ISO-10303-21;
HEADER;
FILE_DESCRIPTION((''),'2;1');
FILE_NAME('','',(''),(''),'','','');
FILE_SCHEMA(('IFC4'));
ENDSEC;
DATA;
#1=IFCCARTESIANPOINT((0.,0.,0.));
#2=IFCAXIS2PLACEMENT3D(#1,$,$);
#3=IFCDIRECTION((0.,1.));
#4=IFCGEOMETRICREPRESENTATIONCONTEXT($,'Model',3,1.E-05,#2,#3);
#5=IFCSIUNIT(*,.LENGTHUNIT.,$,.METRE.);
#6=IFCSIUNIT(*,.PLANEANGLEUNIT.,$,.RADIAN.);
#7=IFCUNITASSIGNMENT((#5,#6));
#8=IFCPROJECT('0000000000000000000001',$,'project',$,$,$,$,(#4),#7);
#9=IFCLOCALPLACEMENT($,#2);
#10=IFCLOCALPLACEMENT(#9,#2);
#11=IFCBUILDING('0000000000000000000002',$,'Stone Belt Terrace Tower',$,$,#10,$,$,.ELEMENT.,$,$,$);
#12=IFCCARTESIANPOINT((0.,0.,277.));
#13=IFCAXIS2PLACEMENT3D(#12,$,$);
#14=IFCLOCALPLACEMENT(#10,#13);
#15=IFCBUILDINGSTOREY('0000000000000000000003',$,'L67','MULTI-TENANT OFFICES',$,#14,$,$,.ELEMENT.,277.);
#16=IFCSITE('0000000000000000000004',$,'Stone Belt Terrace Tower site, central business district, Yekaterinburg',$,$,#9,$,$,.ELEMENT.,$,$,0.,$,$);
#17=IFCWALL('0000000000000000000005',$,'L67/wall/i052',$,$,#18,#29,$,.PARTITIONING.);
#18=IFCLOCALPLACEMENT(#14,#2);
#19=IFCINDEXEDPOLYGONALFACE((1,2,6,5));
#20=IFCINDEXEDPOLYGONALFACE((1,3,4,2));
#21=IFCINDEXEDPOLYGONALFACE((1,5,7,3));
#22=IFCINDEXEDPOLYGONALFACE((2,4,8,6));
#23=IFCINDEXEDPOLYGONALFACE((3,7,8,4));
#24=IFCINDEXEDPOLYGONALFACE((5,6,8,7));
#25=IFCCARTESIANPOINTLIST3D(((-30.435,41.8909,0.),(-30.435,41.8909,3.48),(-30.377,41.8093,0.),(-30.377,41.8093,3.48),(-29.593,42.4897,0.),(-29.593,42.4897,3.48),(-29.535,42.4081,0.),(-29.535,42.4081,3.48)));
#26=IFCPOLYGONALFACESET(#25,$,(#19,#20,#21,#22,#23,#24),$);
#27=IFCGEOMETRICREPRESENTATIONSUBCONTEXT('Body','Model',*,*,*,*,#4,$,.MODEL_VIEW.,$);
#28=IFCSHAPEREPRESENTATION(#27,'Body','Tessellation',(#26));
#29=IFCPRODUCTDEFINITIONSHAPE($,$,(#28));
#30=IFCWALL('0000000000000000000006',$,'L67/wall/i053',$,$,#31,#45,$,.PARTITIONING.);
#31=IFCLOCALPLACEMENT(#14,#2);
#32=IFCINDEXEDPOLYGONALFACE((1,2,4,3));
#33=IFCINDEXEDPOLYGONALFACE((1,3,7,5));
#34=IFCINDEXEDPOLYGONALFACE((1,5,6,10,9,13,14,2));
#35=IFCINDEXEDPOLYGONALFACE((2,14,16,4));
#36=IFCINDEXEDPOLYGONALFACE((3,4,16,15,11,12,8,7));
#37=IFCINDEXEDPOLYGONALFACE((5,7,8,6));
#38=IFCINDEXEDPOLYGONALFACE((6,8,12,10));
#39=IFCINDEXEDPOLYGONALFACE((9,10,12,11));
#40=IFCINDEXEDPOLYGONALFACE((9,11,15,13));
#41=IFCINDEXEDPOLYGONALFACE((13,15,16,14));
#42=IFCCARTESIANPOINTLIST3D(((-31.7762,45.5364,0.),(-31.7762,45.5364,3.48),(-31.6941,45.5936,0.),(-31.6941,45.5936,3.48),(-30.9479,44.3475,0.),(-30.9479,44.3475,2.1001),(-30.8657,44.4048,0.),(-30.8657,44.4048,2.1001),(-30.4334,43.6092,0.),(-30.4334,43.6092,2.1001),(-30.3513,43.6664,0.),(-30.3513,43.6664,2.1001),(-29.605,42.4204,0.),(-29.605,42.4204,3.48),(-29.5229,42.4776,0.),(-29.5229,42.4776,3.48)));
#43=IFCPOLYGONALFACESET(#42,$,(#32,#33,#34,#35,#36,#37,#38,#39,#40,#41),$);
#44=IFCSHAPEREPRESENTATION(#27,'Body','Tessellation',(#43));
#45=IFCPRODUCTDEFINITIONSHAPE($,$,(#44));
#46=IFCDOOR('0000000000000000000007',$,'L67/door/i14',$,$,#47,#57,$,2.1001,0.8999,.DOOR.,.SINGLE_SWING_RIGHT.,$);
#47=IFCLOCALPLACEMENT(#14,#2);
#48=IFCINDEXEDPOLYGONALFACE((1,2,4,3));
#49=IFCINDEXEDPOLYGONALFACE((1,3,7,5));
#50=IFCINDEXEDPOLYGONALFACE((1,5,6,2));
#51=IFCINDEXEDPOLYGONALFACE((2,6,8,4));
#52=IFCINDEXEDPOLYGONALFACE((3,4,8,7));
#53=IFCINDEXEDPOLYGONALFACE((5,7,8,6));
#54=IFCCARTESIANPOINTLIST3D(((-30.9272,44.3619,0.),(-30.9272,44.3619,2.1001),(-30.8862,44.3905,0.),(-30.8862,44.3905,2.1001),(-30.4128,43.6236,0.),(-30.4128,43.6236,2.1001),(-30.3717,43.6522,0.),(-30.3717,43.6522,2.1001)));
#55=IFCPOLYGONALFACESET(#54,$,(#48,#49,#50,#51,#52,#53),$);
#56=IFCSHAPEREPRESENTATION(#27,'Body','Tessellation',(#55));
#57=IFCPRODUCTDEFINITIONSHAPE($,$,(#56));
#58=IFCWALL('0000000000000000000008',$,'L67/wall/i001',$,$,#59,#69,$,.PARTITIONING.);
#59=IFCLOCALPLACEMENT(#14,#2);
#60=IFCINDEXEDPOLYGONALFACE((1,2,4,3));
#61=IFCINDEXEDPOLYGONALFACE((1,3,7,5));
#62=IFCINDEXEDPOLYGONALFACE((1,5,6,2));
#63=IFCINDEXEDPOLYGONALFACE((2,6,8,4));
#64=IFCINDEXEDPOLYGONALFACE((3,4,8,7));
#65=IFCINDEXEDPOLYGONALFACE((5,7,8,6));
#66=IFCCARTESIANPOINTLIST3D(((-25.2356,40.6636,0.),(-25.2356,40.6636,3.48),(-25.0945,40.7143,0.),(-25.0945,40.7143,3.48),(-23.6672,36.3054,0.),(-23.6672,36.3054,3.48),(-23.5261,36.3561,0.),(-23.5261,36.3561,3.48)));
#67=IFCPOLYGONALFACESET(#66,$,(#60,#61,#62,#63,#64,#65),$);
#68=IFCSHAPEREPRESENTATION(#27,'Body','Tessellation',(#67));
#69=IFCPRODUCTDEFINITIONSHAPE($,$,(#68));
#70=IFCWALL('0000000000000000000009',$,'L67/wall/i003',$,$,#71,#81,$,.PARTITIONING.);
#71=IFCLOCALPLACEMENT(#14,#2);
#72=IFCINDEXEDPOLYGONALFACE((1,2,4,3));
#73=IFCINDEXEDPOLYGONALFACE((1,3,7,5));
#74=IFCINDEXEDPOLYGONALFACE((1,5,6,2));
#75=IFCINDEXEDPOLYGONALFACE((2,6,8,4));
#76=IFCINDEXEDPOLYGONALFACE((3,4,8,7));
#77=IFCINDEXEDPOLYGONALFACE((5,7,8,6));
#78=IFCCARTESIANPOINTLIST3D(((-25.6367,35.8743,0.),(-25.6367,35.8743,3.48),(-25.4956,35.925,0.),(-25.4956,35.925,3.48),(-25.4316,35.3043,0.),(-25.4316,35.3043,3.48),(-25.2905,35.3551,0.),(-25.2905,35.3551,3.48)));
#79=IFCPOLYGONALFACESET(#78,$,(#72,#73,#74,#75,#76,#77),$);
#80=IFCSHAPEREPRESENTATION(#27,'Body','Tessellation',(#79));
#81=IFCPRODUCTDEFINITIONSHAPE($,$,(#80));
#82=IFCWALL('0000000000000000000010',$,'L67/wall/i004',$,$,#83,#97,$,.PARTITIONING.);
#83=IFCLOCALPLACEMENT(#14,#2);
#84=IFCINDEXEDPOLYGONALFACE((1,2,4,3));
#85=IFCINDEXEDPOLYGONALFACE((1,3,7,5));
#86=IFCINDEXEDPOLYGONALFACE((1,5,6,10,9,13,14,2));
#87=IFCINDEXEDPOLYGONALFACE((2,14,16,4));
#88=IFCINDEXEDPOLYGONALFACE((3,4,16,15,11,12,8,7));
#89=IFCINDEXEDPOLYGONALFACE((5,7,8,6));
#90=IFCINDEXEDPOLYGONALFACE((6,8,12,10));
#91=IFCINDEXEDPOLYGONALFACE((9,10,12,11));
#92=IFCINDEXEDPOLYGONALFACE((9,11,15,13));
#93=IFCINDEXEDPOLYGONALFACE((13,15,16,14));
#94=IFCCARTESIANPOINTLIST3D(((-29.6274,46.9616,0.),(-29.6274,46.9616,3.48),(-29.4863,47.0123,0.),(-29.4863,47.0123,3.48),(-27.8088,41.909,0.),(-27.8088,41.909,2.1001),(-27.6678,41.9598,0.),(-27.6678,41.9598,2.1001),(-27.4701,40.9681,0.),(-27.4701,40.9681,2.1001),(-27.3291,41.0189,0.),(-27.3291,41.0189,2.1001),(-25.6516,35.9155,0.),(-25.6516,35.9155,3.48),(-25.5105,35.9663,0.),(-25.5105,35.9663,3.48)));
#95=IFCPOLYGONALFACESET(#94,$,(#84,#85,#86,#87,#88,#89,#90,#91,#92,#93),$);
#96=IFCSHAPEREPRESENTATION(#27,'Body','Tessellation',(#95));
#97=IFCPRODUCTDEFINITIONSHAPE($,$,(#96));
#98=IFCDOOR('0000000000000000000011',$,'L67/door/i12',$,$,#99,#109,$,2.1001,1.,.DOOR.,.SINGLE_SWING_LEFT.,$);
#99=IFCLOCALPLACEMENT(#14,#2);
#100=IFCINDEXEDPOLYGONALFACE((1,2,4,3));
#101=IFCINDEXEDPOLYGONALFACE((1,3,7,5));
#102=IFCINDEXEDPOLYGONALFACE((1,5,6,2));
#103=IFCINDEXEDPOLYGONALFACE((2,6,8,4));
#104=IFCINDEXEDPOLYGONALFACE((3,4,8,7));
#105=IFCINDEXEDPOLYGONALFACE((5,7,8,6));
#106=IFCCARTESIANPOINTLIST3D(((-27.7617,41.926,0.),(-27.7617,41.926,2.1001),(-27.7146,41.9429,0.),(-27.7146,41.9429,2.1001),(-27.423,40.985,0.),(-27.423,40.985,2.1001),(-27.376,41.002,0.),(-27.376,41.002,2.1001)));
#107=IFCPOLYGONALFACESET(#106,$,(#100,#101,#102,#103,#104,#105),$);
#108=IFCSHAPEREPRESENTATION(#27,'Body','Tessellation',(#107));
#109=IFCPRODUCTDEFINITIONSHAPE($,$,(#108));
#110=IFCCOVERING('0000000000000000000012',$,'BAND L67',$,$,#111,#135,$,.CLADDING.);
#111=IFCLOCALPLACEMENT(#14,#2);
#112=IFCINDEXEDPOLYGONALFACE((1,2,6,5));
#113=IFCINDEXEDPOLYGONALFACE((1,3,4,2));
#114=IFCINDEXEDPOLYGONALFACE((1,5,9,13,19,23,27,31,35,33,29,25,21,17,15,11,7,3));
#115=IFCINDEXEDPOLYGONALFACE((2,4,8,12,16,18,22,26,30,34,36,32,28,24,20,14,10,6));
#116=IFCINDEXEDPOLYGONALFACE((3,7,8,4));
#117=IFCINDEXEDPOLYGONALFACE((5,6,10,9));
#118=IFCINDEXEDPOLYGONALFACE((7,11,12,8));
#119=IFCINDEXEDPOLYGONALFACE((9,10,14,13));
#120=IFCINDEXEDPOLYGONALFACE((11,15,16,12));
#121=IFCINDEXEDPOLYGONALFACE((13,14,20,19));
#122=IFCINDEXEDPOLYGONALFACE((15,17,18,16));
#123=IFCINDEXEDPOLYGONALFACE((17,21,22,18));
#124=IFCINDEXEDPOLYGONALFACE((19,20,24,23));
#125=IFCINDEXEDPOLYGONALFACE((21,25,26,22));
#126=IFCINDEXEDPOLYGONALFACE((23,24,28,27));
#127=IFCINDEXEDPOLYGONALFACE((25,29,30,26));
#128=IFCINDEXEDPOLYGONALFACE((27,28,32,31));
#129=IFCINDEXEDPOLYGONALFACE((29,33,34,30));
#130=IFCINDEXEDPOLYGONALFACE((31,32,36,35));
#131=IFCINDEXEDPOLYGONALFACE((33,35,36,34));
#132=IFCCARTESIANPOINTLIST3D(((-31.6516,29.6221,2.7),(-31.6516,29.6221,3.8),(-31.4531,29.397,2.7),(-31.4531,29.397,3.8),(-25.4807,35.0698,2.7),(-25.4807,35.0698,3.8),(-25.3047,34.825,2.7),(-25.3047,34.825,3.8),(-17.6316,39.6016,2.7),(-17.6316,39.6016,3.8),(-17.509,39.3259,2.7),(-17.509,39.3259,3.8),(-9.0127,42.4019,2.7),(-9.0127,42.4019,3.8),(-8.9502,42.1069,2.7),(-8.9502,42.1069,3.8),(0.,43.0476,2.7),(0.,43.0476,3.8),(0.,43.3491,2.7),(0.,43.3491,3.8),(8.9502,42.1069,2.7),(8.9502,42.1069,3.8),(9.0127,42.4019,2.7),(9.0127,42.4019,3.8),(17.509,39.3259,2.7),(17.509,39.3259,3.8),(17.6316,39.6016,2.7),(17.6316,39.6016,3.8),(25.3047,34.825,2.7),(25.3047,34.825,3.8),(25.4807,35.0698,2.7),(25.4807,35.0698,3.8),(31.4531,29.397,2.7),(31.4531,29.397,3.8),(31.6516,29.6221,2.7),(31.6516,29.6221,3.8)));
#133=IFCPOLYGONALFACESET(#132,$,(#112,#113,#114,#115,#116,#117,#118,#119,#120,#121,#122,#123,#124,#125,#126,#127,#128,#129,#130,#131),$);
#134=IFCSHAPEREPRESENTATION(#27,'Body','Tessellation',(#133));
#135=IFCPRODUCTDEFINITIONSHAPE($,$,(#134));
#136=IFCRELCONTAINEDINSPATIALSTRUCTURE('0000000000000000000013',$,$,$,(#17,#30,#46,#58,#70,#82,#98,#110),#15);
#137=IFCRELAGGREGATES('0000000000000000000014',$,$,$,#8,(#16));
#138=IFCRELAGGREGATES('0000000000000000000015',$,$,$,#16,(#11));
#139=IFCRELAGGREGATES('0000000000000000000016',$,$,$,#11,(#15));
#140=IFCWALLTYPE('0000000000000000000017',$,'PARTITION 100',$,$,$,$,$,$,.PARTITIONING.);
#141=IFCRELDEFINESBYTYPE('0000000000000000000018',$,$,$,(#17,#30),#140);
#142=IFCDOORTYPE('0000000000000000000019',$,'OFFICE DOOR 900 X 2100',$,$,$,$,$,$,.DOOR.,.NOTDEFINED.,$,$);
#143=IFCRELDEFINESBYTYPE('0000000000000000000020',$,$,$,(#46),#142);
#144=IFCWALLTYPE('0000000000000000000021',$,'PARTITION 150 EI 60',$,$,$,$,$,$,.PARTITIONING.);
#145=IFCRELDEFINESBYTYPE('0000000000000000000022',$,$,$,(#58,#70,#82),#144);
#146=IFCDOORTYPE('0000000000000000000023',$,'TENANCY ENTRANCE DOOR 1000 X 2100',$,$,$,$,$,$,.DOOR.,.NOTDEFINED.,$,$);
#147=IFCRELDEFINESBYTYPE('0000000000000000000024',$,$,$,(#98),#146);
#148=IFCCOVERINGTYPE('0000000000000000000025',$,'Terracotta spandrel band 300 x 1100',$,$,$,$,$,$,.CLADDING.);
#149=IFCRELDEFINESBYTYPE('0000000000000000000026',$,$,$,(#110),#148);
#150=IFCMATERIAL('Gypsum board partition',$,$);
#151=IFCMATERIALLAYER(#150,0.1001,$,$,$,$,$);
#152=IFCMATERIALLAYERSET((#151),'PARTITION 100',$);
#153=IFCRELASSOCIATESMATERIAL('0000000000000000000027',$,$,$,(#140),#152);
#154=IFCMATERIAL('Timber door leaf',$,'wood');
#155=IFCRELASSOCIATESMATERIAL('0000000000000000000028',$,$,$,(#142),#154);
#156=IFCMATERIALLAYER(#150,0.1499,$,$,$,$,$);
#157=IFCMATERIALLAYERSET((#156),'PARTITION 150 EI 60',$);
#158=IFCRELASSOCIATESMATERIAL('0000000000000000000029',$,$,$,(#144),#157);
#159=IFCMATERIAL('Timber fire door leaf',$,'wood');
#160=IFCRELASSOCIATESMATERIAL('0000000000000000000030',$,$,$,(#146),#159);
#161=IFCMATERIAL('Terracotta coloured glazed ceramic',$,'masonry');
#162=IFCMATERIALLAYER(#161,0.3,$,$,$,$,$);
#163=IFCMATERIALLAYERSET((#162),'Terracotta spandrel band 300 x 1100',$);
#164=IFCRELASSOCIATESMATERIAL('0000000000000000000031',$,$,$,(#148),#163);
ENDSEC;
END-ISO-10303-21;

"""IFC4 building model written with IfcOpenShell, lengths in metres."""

from ifc_helpers import new_model, si_unit, direction, frame, frame_2d, origin, place, context, subcontext, project, spatial, polyline, rectangle, outline, extrude, material, layer, layer_set, type_object, element, fill, save


model = new_model("IFC4")

# Units and contexts
model_context = context("Model", 3, precision=1e-05, world=origin(), true_north=direction((0.0, 1.0)))
body_context = subcontext(model_context, "Body", "Model", "MODEL_VIEW")
ifc_project = project(units=[si_unit("LENGTHUNIT", "METRE"), si_unit("PLANEANGLEUNIT", "RADIAN")], contexts=[model_context])

# Site, building, storey
site_placement = place(None, origin())
site = spatial("IfcSite", under=ifc_project, at=site_placement, Name="Stone Belt Terrace Tower site, central business district, Yekaterinburg", CompositionType="ELEMENT", RefElevation=0.0)
building_placement = place(site_placement, origin())
building = spatial("IfcBuilding", under=site, at=building_placement, Name="Stone Belt Terrace Tower", CompositionType="ELEMENT")
storey_placement = place(building_placement, frame((0.0, 0.0, 277.0)))
storey = spatial("IfcBuildingStorey", under=building, at=storey_placement, Name="L67", Description="MULTI-TENANT OFFICES", CompositionType="ELEMENT", Elevation=277.0)

# Shared definitions
ifc_material_1 = material(Name="Timber door leaf", Category="wood")

# Wall
ifc_material_2 = material(Name="Gypsum board partition")
ifc_layer_1 = layer(ifc_material_2, 0.1001)
ifc_layer_set_1 = layer_set([ifc_layer_1], Name="PARTITION 100")
wall_type_1 = type_object("IfcWallType", Name="PARTITION 100", PredefinedType="PARTITIONING", material=ifc_layer_set_1)
wall_1_placement = place(storey_placement, frame((-30.406, 41.8501, 0.0), z_axis=(0.0, 0.0, 1.0), x_axis=(0.814913, 0.579583, 0.0)))
element("IfcWall", 1, at=wall_1_placement, inside=storey, type_object=wall_type_1, Name="L67/wall/i052", PredefinedType="PARTITIONING", context=body_context, shape_type="SweptSolid", body=[
    extrude(rectangle(XDim=1.0332, YDim=0.1001, at=frame_2d((0.5166, 0.0))), origin(), (0.0, 0.0, 1.0), 3.48),
])

# Wall, opening, door
wall_2_placement = place(storey_placement, frame((-29.564, 42.449, 0.0), z_axis=(0.0, 0.0, 1.0), x_axis=(-0.571688, 0.820471, 0.0)))
wall_2 = element("IfcWall", 2, at=wall_2_placement, inside=storey, type_object=wall_type_1, Name="L67/wall/i053", PredefinedType="PARTITIONING", context=body_context, shape_type="SweptSolid", body=[
    extrude(rectangle(XDim=3.7979, YDim=0.1001, at=frame_2d((1.8989, 0.0))), origin(), (0.0, 0.0, 1.0), 3.48),
])
opening_1_placement = place(wall_2_placement, frame((1.449, 0.0, 0.0)))
opening_1 = element("IfcOpeningElement", 3, at=opening_1_placement, cuts=wall_2, PredefinedType="OPENING", context=body_context, shape_type="SweptSolid", body=[
    extrude(rectangle(XDim=0.8999, YDim=2.1001, at=frame_2d((0.45, 1.05))), frame((0.0, 0.0601, 0.0), z_axis=(0.0, -1.0, 0.0), x_axis=(1.0, 0.0, 0.0)), (0.0, 0.0, 1.0), 0.1201),
])
door_type_1 = type_object("IfcDoorType", Name="OFFICE DOOR 900 X 2100", OperationType="NOTDEFINED", PredefinedType="DOOR", material=ifc_material_1)
door_1_placement = place(opening_1_placement, origin())
door_1 = element("IfcDoor", 4, at=door_1_placement, inside=storey, type_object=door_type_1, Name="L67/door/i14", OperationType="SINGLE_SWING_RIGHT", OverallHeight=2.1001, OverallWidth=0.8999, PredefinedType="DOOR", context=body_context, shape_type="SweptSolid", body=[
    extrude(rectangle(XDim=0.8999, YDim=2.1001, at=frame_2d((0.45, 1.05))), frame((0.0, 0.0249, 0.0), z_axis=(0.0, -1.0, 0.0), x_axis=(1.0, 0.0, 0.0)), (0.0, 0.0, 1.0), 0.05),
])
fill(opening_1, door_1)

# Walls
ifc_layer_2 = layer(ifc_material_2, 0.1499)
ifc_layer_set_2 = layer_set([ifc_layer_2], Name="PARTITION 150 EI 60")
wall_type_2 = type_object("IfcWallType", Name="PARTITION 150 EI 60", PredefinedType="PARTITIONING", material=ifc_layer_set_2)
wall_3_placement = place(storey_placement, frame((-25.165, 40.689, 0.0), z_axis=(0.0, 0.0, 1.0), x_axis=(0.338609, -0.940927, 0.0)))
element("IfcWall", 5, at=wall_3_placement, inside=storey, type_object=wall_type_2, Name="L67/wall/i001", PredefinedType="PARTITIONING", context=body_context, shape_type="SweptSolid", body=[
    extrude(rectangle(XDim=4.6318, YDim=0.1499, at=frame_2d((2.3159, 0.0))), origin(), (0.0, 0.0, 1.0), 3.48),
])
wall_4_placement = place(storey_placement, frame((-25.3611, 35.3298, 0.0), z_axis=(0.0, 0.0, 1.0), x_axis=(-0.338634, 0.940918, 0.0)))
element("IfcWall", 6, at=wall_4_placement, inside=storey, type_object=wall_type_2, Name="L67/wall/i003", PredefinedType="PARTITIONING", context=body_context, shape_type="SweptSolid", body=[
    extrude(rectangle(XDim=0.6057, YDim=0.1499, at=frame_2d((0.3027, 0.0))), origin(), (0.0, 0.0, 1.0), 3.48),
])

# Wall, opening, door
wall_5_placement = place(storey_placement, frame((-25.5811, 35.9409, 0.0), z_axis=(0.0, 0.0, 1.0), x_axis=(-0.338661, 0.940909, 0.0)))
wall_5 = element("IfcWall", 7, at=wall_5_placement, inside=storey, type_object=wall_type_2, Name="L67/wall/i004", PredefinedType="PARTITIONING", context=body_context, shape_type="SweptSolid", body=[
    extrude(rectangle(XDim=11.7397, YDim=0.1499, at=frame_2d((5.8699, 0.0))), origin(), (0.0, 0.0, 1.0), 3.48),
])
opening_2_placement = place(wall_5_placement, frame((5.3699, 0.0, 0.0)))
opening_2 = element("IfcOpeningElement", 8, at=opening_2_placement, cuts=wall_5, PredefinedType="OPENING", context=body_context, shape_type="SweptSolid", body=[
    extrude(rectangle(XDim=1.0, YDim=2.1001, at=frame_2d((0.5, 1.05))), frame((0.0, 0.085, 0.0), z_axis=(0.0, -1.0, 0.0), x_axis=(1.0, 0.0, 0.0)), (0.0, 0.0, 1.0), 0.1699),
])
ifc_material_3 = material(Name="Timber fire door leaf", Category="wood")
door_type_2 = type_object("IfcDoorType", Name="TENANCY ENTRANCE DOOR 1000 X 2100", OperationType="NOTDEFINED", PredefinedType="DOOR", material=ifc_material_3)
door_2_placement = place(opening_2_placement, origin())
door_2 = element("IfcDoor", 9, at=door_2_placement, inside=storey, type_object=door_type_2, Name="L67/door/i12", OperationType="SINGLE_SWING_LEFT", OverallHeight=2.1001, OverallWidth=1.0, PredefinedType="DOOR", context=body_context, shape_type="SweptSolid", body=[
    extrude(rectangle(XDim=1.0, YDim=2.1001, at=frame_2d((0.5, 1.05))), frame((0.0, 0.0249, 0.0), z_axis=(0.0, -1.0, 0.0), x_axis=(1.0, 0.0, 0.0)), (0.0, 0.0, 1.0), 0.05),
])
fill(opening_2, door_2)

# Covering
ifc_material_4 = material(Name="Terracotta coloured glazed ceramic", Category="masonry")
ifc_layer_3 = layer(ifc_material_4, 0.3)
ifc_layer_set_3 = layer_set([ifc_layer_3], Name="Terracotta spandrel band 300 x 1100")
covering_type = type_object("IfcCoveringType", Name="Terracotta spandrel band 300 x 1100", PredefinedType="CLADDING", material=ifc_layer_set_3)
covering_placement = place(storey_placement, frame((0.0, 0.0, 2.7)))
element("IfcCovering", 10, at=covering_placement, inside=storey, type_object=covering_type, Name="BAND L67", PredefinedType="CLADDING", context=body_context, shape_type="SweptSolid", body=[
    extrude(outline(polyline([(-31.6516, 29.6221), (-25.4807, 35.0698), (-17.6316, 39.6016), (-9.0127, 42.4019), (0.0, 43.3491), (9.0127, 42.4019), (17.6316, 39.6016), (25.4807, 35.0698), (31.6516, 29.6221), (31.4531, 29.397), (25.3047, 34.825), (17.509, 39.3259), (8.9502, 42.1069), (0.0, 43.0476), (-8.9502, 42.1069), (-17.509, 39.3259), (-25.3047, 34.825), (-31.4531, 29.397), (-31.6516, 29.6221)])), origin(), (0.0, 0.0, 1.0), 1.1001),
])

save(model, "model.ifc")
